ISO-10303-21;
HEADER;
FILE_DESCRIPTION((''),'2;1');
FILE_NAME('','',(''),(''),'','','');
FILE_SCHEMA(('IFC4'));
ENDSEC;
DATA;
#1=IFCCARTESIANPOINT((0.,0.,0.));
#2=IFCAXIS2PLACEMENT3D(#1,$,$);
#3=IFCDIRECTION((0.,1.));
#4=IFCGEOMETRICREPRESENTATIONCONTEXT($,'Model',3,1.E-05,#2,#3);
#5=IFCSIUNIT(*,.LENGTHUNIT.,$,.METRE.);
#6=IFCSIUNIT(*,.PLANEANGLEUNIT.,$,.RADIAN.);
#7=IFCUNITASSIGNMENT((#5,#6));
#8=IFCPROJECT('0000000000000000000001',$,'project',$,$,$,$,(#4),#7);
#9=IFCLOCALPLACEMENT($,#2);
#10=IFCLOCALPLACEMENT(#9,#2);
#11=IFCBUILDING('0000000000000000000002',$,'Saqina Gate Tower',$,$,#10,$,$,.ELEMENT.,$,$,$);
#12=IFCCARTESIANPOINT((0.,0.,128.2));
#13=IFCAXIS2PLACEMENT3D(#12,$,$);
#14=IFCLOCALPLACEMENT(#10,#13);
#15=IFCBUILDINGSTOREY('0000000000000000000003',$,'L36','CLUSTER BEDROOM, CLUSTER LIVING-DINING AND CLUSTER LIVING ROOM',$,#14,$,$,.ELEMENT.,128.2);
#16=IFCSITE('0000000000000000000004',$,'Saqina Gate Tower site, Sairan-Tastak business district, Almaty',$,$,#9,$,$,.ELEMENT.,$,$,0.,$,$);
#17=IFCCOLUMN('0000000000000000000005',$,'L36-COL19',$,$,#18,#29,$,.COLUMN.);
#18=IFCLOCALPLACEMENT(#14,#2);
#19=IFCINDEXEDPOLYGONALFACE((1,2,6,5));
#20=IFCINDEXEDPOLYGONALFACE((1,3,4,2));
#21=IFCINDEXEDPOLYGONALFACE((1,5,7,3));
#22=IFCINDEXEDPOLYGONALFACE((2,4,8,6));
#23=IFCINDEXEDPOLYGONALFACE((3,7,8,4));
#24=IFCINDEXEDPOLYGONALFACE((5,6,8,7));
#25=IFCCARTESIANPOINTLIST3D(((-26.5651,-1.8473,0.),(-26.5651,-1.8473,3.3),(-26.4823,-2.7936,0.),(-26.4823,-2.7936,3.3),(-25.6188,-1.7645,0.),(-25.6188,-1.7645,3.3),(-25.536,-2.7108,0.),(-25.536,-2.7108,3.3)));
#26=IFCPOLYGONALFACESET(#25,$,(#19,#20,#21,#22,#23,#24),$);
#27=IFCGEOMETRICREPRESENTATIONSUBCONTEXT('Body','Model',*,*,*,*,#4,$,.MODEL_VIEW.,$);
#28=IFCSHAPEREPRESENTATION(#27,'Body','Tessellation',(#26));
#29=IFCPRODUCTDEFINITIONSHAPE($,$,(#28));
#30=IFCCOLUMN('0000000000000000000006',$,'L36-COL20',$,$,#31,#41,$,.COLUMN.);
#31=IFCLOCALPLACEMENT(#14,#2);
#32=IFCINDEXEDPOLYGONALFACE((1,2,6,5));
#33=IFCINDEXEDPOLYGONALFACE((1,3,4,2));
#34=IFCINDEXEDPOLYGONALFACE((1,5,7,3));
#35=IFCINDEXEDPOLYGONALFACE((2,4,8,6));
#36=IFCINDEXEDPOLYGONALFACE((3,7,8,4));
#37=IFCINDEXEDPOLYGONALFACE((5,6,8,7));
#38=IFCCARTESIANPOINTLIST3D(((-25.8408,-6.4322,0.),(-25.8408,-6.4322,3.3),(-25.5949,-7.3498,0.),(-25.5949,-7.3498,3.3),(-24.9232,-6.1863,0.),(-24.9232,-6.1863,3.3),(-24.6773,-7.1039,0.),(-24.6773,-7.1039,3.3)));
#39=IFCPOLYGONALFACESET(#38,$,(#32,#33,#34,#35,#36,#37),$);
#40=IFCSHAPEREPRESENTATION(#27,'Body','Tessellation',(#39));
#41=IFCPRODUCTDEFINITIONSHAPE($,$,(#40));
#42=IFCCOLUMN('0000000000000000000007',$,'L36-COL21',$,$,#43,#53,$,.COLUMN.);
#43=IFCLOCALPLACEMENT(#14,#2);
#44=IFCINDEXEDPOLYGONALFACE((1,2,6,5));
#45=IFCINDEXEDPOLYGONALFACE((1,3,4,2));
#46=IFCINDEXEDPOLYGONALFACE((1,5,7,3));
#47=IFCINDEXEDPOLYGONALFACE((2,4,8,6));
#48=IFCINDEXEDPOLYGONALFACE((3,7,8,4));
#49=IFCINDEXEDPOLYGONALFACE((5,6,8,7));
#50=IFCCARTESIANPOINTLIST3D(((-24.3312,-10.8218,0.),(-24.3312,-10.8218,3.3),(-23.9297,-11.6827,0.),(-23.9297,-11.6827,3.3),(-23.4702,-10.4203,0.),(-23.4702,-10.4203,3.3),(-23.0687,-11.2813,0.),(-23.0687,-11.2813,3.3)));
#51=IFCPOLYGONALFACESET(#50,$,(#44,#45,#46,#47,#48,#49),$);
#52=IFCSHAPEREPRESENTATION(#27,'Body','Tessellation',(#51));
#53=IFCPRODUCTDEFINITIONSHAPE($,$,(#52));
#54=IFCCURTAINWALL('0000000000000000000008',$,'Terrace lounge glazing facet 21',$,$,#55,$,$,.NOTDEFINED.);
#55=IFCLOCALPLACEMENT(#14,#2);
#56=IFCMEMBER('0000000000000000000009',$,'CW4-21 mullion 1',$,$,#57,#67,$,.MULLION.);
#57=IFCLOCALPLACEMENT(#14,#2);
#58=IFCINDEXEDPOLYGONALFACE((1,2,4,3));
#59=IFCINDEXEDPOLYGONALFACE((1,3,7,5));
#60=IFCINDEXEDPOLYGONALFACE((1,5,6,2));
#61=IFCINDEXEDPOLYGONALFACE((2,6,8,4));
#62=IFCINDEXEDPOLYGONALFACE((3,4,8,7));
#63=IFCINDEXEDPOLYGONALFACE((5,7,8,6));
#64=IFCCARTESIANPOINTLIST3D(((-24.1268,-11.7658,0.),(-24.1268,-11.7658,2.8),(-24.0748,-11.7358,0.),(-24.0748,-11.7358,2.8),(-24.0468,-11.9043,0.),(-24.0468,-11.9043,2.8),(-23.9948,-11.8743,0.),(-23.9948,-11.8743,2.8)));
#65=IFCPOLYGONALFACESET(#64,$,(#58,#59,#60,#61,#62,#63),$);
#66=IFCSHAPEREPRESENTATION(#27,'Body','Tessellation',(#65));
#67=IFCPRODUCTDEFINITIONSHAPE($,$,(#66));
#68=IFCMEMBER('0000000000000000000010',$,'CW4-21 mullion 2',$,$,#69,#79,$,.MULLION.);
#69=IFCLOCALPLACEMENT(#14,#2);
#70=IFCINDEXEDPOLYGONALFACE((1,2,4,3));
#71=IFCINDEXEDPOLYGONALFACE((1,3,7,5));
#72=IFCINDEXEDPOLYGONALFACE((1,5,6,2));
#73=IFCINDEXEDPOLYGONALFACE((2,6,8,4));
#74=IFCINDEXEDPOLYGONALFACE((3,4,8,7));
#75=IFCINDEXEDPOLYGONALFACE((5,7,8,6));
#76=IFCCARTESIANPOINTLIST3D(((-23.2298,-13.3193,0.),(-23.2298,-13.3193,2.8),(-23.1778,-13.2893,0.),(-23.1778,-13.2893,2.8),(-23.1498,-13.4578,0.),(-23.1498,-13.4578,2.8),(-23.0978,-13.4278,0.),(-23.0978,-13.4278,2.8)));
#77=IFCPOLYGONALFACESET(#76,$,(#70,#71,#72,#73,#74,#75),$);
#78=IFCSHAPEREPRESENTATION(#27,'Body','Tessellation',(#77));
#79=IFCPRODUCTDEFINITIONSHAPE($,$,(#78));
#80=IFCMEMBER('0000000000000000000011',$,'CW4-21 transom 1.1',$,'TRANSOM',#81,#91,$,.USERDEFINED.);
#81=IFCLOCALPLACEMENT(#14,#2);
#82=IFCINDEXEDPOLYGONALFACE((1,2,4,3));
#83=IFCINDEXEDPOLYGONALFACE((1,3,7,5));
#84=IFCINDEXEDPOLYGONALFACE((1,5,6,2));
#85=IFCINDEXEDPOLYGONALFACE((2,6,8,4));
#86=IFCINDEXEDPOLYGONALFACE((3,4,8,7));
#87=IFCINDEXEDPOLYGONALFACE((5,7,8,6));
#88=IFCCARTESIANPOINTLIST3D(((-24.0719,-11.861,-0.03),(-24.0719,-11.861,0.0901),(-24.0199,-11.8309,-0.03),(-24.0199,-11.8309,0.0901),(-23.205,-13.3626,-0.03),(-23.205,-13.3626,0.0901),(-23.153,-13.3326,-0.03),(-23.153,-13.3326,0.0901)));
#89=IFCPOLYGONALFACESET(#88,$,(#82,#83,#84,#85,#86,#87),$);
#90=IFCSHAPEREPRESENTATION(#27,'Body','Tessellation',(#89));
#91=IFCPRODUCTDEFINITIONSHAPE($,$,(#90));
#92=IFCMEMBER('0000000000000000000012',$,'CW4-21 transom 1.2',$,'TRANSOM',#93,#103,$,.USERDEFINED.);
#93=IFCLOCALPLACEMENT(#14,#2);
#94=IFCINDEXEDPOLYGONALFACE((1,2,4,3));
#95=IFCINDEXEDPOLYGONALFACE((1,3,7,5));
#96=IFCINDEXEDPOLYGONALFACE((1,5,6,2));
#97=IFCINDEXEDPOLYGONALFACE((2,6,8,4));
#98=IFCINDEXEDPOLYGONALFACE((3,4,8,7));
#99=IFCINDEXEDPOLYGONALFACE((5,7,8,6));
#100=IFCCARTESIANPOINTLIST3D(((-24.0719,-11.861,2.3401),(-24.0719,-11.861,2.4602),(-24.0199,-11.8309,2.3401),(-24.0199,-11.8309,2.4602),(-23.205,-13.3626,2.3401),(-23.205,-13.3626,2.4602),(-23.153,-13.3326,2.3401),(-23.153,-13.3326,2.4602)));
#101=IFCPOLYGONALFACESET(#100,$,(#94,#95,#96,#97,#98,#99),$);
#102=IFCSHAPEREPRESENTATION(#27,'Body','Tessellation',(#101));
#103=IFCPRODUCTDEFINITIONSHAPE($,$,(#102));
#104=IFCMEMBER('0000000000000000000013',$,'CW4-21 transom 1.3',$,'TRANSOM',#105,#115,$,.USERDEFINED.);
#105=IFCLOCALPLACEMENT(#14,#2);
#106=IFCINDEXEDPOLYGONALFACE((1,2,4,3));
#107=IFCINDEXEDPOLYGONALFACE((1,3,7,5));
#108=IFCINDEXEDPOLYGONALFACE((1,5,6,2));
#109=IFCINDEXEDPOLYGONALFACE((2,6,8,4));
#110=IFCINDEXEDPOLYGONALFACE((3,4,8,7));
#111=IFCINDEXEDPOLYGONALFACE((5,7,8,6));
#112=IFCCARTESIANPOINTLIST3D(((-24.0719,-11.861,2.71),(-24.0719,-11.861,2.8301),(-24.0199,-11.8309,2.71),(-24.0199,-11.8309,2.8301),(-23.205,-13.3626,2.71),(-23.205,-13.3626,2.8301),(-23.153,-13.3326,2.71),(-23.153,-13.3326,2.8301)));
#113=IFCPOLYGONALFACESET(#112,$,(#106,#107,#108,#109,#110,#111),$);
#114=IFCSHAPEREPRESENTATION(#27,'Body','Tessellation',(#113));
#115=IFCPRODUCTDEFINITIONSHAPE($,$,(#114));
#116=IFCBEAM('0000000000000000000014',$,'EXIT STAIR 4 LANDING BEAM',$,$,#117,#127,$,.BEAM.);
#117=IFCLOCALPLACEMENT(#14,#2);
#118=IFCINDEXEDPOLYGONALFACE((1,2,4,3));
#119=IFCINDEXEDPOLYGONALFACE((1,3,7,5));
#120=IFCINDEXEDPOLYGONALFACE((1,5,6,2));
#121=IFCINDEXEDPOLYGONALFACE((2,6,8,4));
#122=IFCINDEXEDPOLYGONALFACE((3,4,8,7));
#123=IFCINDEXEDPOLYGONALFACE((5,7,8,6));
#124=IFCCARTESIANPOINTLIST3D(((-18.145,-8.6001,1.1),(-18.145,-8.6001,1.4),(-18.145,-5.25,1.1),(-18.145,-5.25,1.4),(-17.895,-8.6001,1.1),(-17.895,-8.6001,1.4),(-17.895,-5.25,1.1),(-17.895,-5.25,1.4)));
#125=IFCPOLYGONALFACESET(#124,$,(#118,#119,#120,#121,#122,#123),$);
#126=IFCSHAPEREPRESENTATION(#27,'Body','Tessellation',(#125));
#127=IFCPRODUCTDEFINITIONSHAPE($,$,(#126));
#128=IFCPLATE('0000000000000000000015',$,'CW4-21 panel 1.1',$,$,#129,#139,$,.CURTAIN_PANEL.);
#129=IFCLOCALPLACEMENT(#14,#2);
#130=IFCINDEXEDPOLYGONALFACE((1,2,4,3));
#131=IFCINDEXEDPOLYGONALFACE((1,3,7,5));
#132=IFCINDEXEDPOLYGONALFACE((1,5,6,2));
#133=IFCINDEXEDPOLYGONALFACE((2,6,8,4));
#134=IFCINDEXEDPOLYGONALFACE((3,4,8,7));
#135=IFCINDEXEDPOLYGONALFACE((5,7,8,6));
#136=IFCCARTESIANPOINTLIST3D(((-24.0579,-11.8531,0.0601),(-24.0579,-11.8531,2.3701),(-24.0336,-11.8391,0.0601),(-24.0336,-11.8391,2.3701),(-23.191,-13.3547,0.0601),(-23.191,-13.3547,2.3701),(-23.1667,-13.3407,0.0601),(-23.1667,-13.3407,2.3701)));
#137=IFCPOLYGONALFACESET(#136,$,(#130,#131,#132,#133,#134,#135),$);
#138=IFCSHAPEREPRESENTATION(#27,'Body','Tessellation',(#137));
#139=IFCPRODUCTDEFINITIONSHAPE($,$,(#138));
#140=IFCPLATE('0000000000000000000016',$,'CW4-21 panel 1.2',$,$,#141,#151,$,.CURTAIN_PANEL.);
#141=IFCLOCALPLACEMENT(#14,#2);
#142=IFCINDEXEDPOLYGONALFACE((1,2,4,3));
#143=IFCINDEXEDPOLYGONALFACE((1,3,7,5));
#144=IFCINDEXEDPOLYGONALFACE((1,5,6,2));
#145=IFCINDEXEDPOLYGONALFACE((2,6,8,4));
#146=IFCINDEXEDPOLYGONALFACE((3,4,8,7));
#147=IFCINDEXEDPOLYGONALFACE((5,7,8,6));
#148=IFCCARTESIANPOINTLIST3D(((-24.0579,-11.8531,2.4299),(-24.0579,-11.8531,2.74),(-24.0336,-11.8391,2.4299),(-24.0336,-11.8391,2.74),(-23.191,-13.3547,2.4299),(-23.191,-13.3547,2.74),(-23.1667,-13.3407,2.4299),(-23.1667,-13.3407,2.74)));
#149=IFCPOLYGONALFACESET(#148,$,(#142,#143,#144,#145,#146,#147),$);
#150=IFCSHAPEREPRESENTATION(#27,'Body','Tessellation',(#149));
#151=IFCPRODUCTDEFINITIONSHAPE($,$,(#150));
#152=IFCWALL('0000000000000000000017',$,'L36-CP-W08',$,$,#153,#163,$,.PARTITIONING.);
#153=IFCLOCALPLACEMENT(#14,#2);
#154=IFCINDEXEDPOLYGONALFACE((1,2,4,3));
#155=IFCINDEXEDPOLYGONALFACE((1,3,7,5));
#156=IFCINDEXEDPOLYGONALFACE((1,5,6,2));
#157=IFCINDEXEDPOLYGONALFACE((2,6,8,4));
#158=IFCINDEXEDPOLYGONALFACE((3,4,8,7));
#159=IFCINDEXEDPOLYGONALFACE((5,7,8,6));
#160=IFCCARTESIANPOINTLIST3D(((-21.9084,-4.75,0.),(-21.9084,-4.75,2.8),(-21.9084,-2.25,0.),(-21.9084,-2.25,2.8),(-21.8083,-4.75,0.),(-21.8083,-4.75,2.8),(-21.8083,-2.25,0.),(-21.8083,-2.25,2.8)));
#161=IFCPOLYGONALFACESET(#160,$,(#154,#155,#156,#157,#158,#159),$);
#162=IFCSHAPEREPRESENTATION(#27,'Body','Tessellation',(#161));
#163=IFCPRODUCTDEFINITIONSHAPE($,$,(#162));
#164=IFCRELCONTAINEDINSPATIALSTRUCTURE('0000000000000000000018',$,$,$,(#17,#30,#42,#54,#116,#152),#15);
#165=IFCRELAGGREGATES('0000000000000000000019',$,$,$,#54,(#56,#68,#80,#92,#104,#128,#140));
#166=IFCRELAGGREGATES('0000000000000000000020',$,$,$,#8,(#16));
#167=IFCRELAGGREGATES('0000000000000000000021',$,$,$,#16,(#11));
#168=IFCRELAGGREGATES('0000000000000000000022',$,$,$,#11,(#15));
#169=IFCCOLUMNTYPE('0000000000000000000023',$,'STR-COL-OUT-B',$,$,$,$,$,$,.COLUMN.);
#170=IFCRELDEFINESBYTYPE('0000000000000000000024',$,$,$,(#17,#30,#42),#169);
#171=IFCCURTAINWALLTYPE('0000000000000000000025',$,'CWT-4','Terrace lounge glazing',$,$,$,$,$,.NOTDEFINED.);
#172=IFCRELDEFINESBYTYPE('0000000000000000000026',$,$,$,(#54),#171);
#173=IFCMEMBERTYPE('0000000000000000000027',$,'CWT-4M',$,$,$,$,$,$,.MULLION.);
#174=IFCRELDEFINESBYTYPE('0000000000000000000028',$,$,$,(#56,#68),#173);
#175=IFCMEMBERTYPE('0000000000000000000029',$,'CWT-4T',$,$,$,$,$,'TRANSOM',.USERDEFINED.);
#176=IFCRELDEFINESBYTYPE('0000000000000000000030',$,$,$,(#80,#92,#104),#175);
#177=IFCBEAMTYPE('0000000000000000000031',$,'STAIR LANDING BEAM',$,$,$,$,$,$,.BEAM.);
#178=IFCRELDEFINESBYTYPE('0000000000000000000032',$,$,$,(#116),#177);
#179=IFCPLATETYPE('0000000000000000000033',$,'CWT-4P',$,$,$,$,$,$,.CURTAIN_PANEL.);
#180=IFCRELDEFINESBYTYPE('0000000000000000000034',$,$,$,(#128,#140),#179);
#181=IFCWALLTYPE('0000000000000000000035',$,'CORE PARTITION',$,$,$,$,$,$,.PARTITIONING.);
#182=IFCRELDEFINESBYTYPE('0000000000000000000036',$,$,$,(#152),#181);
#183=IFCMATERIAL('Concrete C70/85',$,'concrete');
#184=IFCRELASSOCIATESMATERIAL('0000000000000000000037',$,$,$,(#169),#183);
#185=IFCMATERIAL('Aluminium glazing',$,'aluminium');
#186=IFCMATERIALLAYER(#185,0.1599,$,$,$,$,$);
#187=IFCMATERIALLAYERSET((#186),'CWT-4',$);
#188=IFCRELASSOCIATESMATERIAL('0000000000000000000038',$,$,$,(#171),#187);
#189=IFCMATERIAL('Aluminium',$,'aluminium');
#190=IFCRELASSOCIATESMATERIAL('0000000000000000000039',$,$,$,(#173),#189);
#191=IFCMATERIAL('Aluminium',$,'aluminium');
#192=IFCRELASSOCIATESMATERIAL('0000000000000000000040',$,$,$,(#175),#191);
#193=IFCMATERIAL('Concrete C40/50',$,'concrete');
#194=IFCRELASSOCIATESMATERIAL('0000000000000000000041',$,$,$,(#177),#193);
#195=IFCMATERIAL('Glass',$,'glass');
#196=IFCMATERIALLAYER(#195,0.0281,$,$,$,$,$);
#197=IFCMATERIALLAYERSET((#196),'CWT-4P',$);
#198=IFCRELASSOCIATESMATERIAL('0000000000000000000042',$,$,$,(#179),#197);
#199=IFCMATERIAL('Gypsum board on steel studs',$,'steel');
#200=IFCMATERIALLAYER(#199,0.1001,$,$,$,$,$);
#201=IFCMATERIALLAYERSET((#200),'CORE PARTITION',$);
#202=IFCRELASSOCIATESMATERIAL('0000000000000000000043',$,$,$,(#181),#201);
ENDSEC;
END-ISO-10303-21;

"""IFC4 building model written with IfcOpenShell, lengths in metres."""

from ifc_helpers import new_model, si_unit, direction, frame, frame_2d, origin, origin_2d, place, context, subcontext, project, spatial, rectangle, extrude, material, layer, layer_set, material_profile, profile_set, type_object, element, aggregate, save


model = new_model("IFC4")

# Units and contexts
model_context = context("Model", 3, precision=1e-05, world=origin(), true_north=direction((0.0, 1.0)))
body_context = subcontext(model_context, "Body", "Model", "MODEL_VIEW")
ifc_project = project(units=[si_unit("LENGTHUNIT", "METRE"), si_unit("PLANEANGLEUNIT", "RADIAN")], contexts=[model_context])

# Site, building, storey
site_placement = place(None, origin())
site = spatial("IfcSite", under=ifc_project, at=site_placement, Name="Saqina Gate Tower site, Sairan-Tastak business district, Almaty", CompositionType="ELEMENT", RefElevation=0.0)
building_placement = place(site_placement, origin())
building = spatial("IfcBuilding", under=site, at=building_placement, Name="Saqina Gate Tower", CompositionType="ELEMENT")
storey_placement = place(building_placement, frame((0.0, 0.0, 128.2)))
storey = spatial("IfcBuildingStorey", under=building, at=storey_placement, Name="L36", Description="CLUSTER BEDROOM, CLUSTER LIVING-DINING AND CLUSTER LIVING ROOM", CompositionType="ELEMENT", Elevation=128.2)

# Columns
ifc_material_1 = material(Name="Concrete C70/85", Category="concrete")
ifc_material_profile_1 = material_profile(ifc_material_1, rectangle(XDim=0.95, YDim=0.95, at=origin_2d()), Name="RC 950x950")
ifc_profile_set_1 = profile_set([ifc_material_profile_1], Name="Concrete C70/85")
column_type = type_object("IfcColumnType", Name="STR-COL-OUT-B", PredefinedType="COLUMN", material=ifc_profile_set_1)
for number, where, z_axis, x_axis, name in (
    (1, (-26.0505, -2.2791, 0.0), (0.0, 0.0, 1.0), (-0.996195, -0.087156, 0.0), "L36-COL19"),
    (2, (-25.259, -6.7681, 0.0), (0.0, 0.0, 1.0), (-0.965926, -0.258819, 0.0), "L36-COL20"),
    (3, (-23.7, -11.0515, 0.0), (0.0, 0.0, 1.0), (-0.906308, -0.422618, 0.0), "L36-COL21"),
):
    element("IfcColumn", number, at=place(storey_placement, frame(where, z_axis=z_axis, x_axis=x_axis)), inside=storey, type_object=column_type, Name=name, PredefinedType="COLUMN", context=body_context, shape_type="SweptSolid", body=[
        extrude(rectangle(XDim=0.95, YDim=0.95, at=origin_2d()), origin(), (0.0, 0.0, 1.0), 3.3),
    ])

# Curtain wall, members
ifc_material_2 = material(Name="Aluminium glazing", Category="aluminium")
ifc_layer_1 = layer(ifc_material_2, 0.1599)
ifc_layer_set_1 = layer_set([ifc_layer_1], Name="CWT-4")
curtain_wall_type = type_object("IfcCurtainWallType", Name="CWT-4", Description="Terrace lounge glazing", PredefinedType="NOTDEFINED", material=ifc_layer_set_1)
curtain_wall_placement = place(storey_placement, origin())
curtain_wall = element("IfcCurtainWall", 4, at=curtain_wall_placement, inside=storey, type_object=curtain_wall_type, Name="Terrace lounge glazing facet 21", PredefinedType="NOTDEFINED")
ifc_material_3 = material(Name="Aluminium", Category="aluminium")
ifc_material_profile_2 = material_profile(ifc_material_3, rectangle(XDim=0.0601, YDim=0.1599, at=origin_2d()), Name="Aluminium 60x160")
ifc_profile_set_2 = profile_set([ifc_material_profile_2], Name="Aluminium")
member_type_1 = type_object("IfcMemberType", Name="CWT-4M", PredefinedType="MULLION", material=ifc_profile_set_2)
member_1_placement = place(storey_placement, frame((-24.0608, -11.8201, 0.0), z_axis=(0.0, 0.0, 1.0), x_axis=(0.866026, 0.499999, 0.0)))
member_1 = element("IfcMember", 5, at=member_1_placement, type_object=member_type_1, Name="CW4-21 mullion 1", PredefinedType="MULLION", context=body_context, shape_type="SweptSolid", body=[
    extrude(rectangle(XDim=0.0601, YDim=0.1599, at=origin_2d()), origin(), (0.0, 0.0, 1.0), 2.8),
])
member_2_placement = place(storey_placement, frame((-23.1638, -13.3735, 0.0), z_axis=(0.0, 0.0, 1.0), x_axis=(0.866026, 0.499999, 0.0)))
member_2 = element("IfcMember", 6, at=member_2_placement, type_object=member_type_1, Name="CW4-21 mullion 2", PredefinedType="MULLION", context=body_context, shape_type="SweptSolid", body=[
    extrude(rectangle(XDim=0.0601, YDim=0.1599, at=origin_2d()), origin(), (0.0, 0.0, 1.0), 2.8),
])
ifc_material_4 = material(Name="Aluminium", Category="aluminium")
ifc_material_profile_3 = material_profile(ifc_material_4, rectangle(XDim=0.0601, YDim=0.1201, at=origin_2d()), Name="Aluminium 60x120")
ifc_profile_set_3 = profile_set([ifc_material_profile_3], Name="Aluminium")
member_type_2 = type_object("IfcMemberType", Name="CWT-4T", ElementType="TRANSOM", PredefinedType="USERDEFINED", material=ifc_profile_set_3)
member_3_placement = place(storey_placement, frame((-24.0459, -11.8459, 0.03), z_axis=(0.49997, -0.866043, 0.0), x_axis=(0.866043, 0.49997, 0.0)))
member_3 = element("IfcMember", 7, at=member_3_placement, type_object=member_type_2, Name="CW4-21 transom 1.1", ObjectType="TRANSOM", PredefinedType="USERDEFINED", context=body_context, shape_type="SweptSolid", body=[
    extrude(rectangle(XDim=0.0601, YDim=0.1201, at=origin_2d()), origin(), (0.0, 0.0, 1.0), 1.7339),
])
member_4_placement = place(storey_placement, frame((-24.0459, -11.8459, 2.4001), z_axis=(0.49997, -0.866043, 0.0), x_axis=(0.866043, 0.49997, 0.0)))
member_4 = element("IfcMember", 8, at=member_4_placement, type_object=member_type_2, Name="CW4-21 transom 1.2", ObjectType="TRANSOM", PredefinedType="USERDEFINED", context=body_context, shape_type="SweptSolid", body=[
    extrude(rectangle(XDim=0.0601, YDim=0.1201, at=origin_2d()), origin(), (0.0, 0.0, 1.0), 1.7339),
])
member_5_placement = place(storey_placement, frame((-24.0459, -11.8459, 2.77), z_axis=(0.49997, -0.866043, 0.0), x_axis=(0.866043, 0.49997, 0.0)))
member_5 = element("IfcMember", 9, at=member_5_placement, type_object=member_type_2, Name="CW4-21 transom 1.3", ObjectType="TRANSOM", PredefinedType="USERDEFINED", context=body_context, shape_type="SweptSolid", body=[
    extrude(rectangle(XDim=0.0601, YDim=0.1201, at=origin_2d()), origin(), (0.0, 0.0, 1.0), 1.7339),
])

# Beam
ifc_material_5 = material(Name="Concrete C40/50", Category="concrete")
ifc_material_profile_4 = material_profile(ifc_material_5, rectangle(XDim=0.25, YDim=0.3, at=origin_2d()), Name="STAIR LANDING BEAM")
ifc_profile_set_4 = profile_set([ifc_material_profile_4], Name="Concrete C40/50")
beam_type = type_object("IfcBeamType", Name="STAIR LANDING BEAM", PredefinedType="BEAM", material=ifc_profile_set_4)
beam_placement = place(storey_placement, frame((-18.02, -8.6001, 1.25), z_axis=(0.0, 1.0, 0.0), x_axis=(-1.0, 0.0, 0.0)))
element("IfcBeam", 10, at=beam_placement, inside=storey, type_object=beam_type, Name="EXIT STAIR 4 LANDING BEAM", PredefinedType="BEAM", context=body_context, shape_type="SweptSolid", body=[
    extrude(rectangle(XDim=0.25, YDim=0.3, at=origin_2d()), origin(), (0.0, 0.0, 1.0), 3.3501),
])

# Plates
ifc_material_6 = material(Name="Glass", Category="glass")
ifc_layer_2 = layer(ifc_material_6, 0.0281)
ifc_layer_set_2 = layer_set([ifc_layer_2], Name="CWT-4P")
plate_type = type_object("IfcPlateType", Name="CWT-4P", PredefinedType="CURTAIN_PANEL", material=ifc_layer_set_2)
plate_1_placement = place(storey_placement, frame((-23.6123, -12.5969, 0.0601), z_axis=(0.0, 0.0, 1.0), x_axis=(0.499999, -0.866026, 0.0)))
plate_1 = element("IfcPlate", 11, at=plate_1_placement, type_object=plate_type, Name="CW4-21 panel 1.1", PredefinedType="CURTAIN_PANEL", context=body_context, shape_type="SweptSolid", body=[
    extrude(rectangle(XDim=1.7339, YDim=0.0281, at=origin_2d()), origin(), (0.0, 0.0, 1.0), 2.3101),
])
plate_2_placement = place(storey_placement, frame((-23.6123, -12.5969, 2.4299), z_axis=(0.0, 0.0, 1.0), x_axis=(0.499999, -0.866026, 0.0)))
plate_2 = element("IfcPlate", 12, at=plate_2_placement, type_object=plate_type, Name="CW4-21 panel 1.2", PredefinedType="CURTAIN_PANEL", context=body_context, shape_type="SweptSolid", body=[
    extrude(rectangle(XDim=1.7339, YDim=0.0281, at=origin_2d()), origin(), (0.0, 0.0, 1.0), 0.3101),
])
aggregate(curtain_wall, [member_1, member_2, member_3, member_4, member_5, plate_1, plate_2])

# Wall
ifc_material_7 = material(Name="Gypsum board on steel studs", Category="steel")
ifc_layer_3 = layer(ifc_material_7, 0.1001)
ifc_layer_set_3 = layer_set([ifc_layer_3], Name="CORE PARTITION")
wall_type_1 = type_object("IfcWallType", Name="CORE PARTITION", PredefinedType="PARTITIONING", material=ifc_layer_set_3)
wall_1_placement = place(storey_placement, frame((-21.8584, -4.75, 0.0), z_axis=(0.0, 0.0, 1.0), x_axis=(0.0, 1.0, 0.0)))
element("IfcWall", 13, at=wall_1_placement, inside=storey, type_object=wall_type_1, Name="L36-CP-W08", PredefinedType="PARTITIONING", context=body_context, shape_type="SweptSolid", body=[
    extrude(rectangle(XDim=2.5, YDim=0.1001, at=frame_2d((1.25, 0.0))), origin(), (0.0, 0.0, 1.0), 2.8),
])

save(model, "model.ifc")
